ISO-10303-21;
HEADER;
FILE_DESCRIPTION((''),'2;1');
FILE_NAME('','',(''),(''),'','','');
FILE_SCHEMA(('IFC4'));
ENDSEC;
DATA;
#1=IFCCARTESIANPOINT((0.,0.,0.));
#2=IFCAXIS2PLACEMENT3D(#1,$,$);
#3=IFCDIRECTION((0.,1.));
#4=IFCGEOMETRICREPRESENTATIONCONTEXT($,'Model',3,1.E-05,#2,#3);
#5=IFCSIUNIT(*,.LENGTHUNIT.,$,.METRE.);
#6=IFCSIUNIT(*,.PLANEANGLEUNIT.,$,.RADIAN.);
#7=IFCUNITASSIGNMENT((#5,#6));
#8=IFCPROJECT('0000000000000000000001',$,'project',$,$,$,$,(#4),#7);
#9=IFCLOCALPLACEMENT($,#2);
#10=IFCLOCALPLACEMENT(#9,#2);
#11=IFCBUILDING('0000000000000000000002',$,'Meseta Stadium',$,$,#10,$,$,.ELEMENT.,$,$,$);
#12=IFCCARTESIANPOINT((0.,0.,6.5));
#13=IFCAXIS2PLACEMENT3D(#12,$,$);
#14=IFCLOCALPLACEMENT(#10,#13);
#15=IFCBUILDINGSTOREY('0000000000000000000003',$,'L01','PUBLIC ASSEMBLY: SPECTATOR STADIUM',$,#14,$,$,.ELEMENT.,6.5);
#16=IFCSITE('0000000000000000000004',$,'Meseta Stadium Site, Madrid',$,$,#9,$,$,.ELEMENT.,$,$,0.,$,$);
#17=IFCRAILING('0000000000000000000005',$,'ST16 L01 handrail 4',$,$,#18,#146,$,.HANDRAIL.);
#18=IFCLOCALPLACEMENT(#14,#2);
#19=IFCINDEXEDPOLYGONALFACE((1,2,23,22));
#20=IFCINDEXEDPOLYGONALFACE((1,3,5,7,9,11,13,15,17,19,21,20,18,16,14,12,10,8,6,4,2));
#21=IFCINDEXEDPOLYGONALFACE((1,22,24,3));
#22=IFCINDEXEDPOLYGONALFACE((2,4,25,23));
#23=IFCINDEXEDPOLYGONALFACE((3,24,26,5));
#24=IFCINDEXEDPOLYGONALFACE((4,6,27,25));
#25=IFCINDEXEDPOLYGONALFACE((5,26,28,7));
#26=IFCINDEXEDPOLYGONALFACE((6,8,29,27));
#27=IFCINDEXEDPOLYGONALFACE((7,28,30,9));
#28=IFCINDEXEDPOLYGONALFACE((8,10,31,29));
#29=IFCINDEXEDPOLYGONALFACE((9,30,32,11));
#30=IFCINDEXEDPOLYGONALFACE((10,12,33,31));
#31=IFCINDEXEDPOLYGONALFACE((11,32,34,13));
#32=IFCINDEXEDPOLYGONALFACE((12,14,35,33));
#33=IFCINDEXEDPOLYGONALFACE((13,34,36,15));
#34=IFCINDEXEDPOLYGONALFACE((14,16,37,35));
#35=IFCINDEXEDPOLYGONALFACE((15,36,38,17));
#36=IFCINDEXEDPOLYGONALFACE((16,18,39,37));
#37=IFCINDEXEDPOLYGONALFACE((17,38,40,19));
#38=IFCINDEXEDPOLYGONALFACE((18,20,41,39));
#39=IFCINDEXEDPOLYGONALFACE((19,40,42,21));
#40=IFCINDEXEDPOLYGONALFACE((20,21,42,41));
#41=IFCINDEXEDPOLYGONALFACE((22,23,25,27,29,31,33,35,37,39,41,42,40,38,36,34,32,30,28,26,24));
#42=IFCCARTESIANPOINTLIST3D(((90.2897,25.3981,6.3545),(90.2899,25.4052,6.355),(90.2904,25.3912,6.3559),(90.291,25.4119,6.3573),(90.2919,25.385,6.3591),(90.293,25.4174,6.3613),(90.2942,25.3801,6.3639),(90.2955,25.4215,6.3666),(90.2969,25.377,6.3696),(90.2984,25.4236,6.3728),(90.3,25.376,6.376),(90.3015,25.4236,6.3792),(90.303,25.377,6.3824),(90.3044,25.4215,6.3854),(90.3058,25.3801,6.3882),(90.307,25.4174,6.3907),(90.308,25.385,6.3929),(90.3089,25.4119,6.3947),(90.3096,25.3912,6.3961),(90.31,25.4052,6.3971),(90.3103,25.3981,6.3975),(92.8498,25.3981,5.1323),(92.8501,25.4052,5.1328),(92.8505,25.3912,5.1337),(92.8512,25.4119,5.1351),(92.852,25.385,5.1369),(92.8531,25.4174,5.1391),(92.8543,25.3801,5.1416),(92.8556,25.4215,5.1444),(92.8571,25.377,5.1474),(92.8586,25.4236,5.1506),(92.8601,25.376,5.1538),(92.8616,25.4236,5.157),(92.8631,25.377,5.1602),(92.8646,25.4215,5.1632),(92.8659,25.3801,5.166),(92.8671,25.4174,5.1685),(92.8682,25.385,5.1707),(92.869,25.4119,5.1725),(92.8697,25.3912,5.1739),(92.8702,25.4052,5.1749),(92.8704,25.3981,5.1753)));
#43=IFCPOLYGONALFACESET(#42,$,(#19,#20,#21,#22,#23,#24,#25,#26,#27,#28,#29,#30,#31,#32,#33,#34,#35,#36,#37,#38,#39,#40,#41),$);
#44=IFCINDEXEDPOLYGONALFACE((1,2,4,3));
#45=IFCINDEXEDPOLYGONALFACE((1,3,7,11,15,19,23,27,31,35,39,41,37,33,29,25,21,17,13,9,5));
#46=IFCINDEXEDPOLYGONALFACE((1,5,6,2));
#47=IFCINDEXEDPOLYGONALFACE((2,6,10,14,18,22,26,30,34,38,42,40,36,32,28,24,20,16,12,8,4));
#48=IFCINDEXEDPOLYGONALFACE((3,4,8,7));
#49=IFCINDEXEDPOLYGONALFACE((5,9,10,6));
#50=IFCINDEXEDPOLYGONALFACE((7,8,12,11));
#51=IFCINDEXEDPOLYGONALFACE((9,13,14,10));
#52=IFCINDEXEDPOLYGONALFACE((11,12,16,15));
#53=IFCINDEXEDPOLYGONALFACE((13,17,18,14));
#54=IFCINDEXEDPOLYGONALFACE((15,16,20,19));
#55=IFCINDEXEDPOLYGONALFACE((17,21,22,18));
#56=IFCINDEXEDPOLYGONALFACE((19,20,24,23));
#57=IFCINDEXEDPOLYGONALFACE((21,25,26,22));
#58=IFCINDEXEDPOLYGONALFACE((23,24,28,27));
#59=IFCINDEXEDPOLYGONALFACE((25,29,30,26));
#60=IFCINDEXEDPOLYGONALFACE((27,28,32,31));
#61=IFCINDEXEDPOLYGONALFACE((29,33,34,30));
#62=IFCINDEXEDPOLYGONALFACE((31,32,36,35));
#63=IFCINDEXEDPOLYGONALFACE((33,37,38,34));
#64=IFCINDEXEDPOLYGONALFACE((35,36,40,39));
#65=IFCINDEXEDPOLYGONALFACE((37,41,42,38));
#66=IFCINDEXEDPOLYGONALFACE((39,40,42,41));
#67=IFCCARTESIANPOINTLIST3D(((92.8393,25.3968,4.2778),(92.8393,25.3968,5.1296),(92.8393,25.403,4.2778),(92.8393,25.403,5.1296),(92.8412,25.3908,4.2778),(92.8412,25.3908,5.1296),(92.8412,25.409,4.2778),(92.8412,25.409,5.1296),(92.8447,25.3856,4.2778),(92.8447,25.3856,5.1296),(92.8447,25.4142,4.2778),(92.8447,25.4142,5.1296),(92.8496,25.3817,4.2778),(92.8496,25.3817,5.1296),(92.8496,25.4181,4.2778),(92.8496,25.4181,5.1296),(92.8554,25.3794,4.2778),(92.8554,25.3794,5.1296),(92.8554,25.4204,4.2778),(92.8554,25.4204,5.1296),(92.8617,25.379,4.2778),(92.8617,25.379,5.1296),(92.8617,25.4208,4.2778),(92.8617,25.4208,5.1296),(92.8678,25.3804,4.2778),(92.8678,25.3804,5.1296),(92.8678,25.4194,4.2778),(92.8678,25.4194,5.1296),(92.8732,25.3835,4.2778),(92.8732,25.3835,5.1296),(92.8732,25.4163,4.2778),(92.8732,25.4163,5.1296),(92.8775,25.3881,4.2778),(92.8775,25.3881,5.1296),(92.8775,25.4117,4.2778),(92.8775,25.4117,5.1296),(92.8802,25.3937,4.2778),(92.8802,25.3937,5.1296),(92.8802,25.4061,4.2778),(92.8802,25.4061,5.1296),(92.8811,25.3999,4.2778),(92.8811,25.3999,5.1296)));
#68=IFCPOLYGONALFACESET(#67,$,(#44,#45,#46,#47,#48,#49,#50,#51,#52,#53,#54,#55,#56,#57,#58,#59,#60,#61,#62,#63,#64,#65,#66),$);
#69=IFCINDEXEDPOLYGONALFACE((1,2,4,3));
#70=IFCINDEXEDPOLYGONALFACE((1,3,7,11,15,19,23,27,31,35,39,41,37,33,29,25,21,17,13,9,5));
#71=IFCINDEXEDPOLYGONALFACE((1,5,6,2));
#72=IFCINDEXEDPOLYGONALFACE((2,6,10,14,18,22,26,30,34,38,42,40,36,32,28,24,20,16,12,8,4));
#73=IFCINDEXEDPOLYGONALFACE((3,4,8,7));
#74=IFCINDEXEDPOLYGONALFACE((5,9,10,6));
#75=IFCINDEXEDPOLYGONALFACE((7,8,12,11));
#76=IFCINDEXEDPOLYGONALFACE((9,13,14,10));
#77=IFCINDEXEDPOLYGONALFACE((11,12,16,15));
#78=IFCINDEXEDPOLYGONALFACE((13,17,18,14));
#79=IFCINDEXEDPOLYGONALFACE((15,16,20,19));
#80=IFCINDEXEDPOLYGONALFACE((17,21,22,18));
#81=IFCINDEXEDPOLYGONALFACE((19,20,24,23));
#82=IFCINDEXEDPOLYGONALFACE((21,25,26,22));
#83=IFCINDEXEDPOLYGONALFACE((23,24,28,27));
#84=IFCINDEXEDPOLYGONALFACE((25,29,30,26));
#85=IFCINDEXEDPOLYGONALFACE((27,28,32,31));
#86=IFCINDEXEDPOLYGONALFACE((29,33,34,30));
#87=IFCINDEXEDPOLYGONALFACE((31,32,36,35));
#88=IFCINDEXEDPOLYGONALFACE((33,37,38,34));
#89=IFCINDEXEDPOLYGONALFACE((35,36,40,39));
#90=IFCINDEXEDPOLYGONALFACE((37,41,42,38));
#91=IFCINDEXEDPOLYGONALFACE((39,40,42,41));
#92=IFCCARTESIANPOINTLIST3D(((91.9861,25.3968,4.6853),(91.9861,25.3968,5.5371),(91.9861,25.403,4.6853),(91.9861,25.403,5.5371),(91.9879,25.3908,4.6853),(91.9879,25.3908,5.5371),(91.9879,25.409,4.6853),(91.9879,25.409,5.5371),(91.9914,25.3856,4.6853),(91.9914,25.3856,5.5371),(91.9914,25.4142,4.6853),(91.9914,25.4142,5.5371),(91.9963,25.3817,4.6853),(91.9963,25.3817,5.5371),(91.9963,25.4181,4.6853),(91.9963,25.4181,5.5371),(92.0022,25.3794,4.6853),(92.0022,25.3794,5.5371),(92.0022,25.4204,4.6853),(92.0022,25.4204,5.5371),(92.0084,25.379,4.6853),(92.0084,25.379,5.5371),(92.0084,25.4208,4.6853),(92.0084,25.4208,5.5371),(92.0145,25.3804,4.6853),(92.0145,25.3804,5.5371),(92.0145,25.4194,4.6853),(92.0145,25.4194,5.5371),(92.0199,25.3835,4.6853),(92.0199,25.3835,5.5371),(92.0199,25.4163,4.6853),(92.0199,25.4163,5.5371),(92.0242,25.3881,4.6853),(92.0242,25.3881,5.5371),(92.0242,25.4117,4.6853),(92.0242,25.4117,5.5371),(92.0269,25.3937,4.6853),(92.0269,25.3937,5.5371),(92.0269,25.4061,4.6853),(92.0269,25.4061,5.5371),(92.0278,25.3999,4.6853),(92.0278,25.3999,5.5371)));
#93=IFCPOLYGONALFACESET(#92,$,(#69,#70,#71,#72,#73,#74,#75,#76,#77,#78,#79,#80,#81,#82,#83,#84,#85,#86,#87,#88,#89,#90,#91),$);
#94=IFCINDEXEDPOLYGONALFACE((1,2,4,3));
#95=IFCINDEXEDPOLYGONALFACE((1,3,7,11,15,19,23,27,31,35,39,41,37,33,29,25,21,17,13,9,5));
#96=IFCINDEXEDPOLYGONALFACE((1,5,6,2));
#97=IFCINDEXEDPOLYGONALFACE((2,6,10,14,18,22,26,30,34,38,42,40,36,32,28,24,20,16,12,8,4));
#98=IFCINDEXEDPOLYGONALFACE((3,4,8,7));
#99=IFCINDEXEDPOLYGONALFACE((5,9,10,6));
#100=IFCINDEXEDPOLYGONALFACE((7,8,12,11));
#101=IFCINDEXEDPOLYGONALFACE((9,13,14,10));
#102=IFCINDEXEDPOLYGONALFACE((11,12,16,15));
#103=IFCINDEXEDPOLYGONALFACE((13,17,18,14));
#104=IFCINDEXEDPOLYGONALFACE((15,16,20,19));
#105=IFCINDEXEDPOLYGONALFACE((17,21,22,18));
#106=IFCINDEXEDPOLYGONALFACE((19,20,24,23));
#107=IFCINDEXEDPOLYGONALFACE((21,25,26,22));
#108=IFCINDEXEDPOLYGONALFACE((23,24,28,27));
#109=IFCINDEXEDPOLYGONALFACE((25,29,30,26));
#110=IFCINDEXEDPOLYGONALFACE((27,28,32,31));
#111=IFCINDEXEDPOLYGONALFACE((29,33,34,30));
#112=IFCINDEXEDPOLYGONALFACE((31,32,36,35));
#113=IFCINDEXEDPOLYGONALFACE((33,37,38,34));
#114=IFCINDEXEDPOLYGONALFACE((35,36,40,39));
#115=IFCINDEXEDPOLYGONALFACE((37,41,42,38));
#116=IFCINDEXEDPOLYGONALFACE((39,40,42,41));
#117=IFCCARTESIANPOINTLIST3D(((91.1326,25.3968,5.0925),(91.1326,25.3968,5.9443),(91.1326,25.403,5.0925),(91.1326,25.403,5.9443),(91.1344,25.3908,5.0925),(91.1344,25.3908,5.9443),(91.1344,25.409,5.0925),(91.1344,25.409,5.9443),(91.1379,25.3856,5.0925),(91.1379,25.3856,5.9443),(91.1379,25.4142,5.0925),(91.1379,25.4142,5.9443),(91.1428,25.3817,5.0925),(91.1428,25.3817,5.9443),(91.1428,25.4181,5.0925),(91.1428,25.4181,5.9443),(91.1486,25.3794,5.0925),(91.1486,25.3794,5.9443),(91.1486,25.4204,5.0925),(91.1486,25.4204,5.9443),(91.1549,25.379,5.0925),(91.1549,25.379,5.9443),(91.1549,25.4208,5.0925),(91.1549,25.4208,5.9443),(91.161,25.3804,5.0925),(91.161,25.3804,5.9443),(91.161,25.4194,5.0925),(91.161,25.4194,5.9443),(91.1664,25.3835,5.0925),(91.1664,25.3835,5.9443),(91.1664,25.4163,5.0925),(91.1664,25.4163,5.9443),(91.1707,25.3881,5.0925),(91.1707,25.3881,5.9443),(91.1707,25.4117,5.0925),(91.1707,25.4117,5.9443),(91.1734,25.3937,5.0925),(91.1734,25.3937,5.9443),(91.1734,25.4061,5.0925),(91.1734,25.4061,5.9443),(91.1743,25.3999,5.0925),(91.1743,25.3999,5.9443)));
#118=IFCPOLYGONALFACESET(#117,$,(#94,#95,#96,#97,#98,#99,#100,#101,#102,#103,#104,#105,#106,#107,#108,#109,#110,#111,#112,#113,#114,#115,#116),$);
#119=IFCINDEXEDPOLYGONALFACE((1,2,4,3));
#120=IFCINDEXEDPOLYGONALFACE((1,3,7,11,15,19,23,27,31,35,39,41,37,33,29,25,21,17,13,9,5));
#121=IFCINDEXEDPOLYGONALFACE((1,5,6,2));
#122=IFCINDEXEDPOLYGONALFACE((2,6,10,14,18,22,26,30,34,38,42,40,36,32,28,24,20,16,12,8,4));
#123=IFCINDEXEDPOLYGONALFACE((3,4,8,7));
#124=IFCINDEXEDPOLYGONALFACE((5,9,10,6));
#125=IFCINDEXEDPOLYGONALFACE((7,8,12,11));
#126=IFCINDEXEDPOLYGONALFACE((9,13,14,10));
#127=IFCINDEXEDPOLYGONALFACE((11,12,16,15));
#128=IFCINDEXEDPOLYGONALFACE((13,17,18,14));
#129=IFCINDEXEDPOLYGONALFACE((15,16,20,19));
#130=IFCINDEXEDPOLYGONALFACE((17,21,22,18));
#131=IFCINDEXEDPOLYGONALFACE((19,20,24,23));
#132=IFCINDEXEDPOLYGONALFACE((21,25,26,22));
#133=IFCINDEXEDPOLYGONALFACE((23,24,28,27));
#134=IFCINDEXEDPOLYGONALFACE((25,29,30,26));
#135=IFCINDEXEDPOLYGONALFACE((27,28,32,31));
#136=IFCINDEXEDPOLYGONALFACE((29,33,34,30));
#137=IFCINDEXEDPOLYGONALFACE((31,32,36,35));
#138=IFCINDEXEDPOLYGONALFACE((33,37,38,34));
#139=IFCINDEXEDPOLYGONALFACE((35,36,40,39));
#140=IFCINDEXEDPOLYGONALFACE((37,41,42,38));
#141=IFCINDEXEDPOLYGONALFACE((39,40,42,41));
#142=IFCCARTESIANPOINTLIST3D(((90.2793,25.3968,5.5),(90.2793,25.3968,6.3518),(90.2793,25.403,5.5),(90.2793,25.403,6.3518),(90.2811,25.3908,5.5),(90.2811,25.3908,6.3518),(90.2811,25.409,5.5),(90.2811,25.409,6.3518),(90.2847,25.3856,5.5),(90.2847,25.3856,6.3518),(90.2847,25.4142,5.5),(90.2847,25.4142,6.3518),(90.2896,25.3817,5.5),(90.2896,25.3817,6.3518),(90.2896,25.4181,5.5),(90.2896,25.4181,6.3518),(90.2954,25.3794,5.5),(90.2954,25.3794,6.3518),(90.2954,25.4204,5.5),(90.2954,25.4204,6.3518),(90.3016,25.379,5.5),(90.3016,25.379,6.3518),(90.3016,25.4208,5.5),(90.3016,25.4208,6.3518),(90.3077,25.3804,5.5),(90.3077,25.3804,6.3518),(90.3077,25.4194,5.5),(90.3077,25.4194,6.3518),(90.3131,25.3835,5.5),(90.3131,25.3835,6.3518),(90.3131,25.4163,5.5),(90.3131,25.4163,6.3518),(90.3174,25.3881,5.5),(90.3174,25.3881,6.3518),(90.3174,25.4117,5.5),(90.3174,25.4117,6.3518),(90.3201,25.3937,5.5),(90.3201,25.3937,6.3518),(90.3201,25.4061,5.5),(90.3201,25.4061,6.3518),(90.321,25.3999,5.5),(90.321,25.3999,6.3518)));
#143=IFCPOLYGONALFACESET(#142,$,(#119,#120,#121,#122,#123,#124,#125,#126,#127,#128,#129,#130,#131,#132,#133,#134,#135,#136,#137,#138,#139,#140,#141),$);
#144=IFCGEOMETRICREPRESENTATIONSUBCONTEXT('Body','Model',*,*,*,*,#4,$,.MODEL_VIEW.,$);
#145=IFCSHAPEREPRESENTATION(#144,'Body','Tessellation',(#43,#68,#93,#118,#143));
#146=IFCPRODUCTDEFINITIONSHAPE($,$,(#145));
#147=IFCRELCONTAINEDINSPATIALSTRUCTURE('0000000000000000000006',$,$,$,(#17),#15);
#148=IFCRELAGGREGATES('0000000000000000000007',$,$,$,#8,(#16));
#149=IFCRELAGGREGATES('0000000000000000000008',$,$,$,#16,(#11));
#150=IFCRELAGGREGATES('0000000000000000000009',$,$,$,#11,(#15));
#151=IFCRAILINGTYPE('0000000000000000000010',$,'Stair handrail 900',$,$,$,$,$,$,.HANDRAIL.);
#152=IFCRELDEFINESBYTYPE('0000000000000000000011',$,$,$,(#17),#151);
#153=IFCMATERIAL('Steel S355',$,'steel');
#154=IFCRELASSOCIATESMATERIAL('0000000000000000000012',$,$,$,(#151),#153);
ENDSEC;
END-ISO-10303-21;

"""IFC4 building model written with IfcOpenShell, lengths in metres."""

from ifc_helpers import new_model, si_unit, direction, frame, origin, origin_2d, place, context, subcontext, project, spatial, circle, extrude, material, type_object, element, save


model = new_model("IFC4")

# Units and contexts
model_context = context("Model", 3, precision=1e-05, world=origin(), true_north=direction((0.0, 1.0)))
body_context = subcontext(model_context, "Body", "Model", "MODEL_VIEW")
ifc_project = project(units=[si_unit("LENGTHUNIT", "METRE"), si_unit("PLANEANGLEUNIT", "RADIAN")], contexts=[model_context])

# Site, building, storey
site_placement = place(None, origin())
site = spatial("IfcSite", under=ifc_project, at=site_placement, Name="Meseta Stadium Site, Madrid", CompositionType="ELEMENT", RefElevation=0.0)
building_placement = place(site_placement, origin())
building = spatial("IfcBuilding", under=site, at=building_placement, Name="Meseta Stadium", CompositionType="ELEMENT")
storey_placement = place(building_placement, frame((0.0, 0.0, 6.5)))
storey = spatial("IfcBuildingStorey", under=building, at=storey_placement, Name="L01", Description="PUBLIC ASSEMBLY: SPECTATOR STADIUM", CompositionType="ELEMENT", Elevation=6.5)

# Railing
ifc_material_1 = material(Name="Steel S355", Category="steel")
railing_type = type_object("IfcRailingType", Name="Stair handrail 900", PredefinedType="HANDRAIL", material=ifc_material_1)
for number, where, name in (
    (1, (92.8601, 25.3999, 4.2778), "ST16 L01 handrail 4"),
):
    element("IfcRailing", number, at=place(storey_placement, frame(where)), inside=storey, type_object=railing_type, Name=name, PredefinedType="HANDRAIL", context=body_context, shape_type="SweptSolid", body=[
        extrude(circle(Radius=0.0239, at=origin_2d()), frame((0.0, 0.0, 0.876), z_axis=(-0.902437, 0.0, 0.430822), x_axis=(0.0, -1.0, 0.0)), (0.0, 0.0, 1.0), 2.8369),
        extrude(circle(Radius=0.021, at=origin_2d()), origin(), (0.0, 0.0, 1.0), 0.8518),
        extrude(circle(Radius=0.021, at=origin_2d()), frame((-0.8533, 0.0, 0.4075)), (0.0, 0.0, 1.0), 0.8518),
        extrude(circle(Radius=0.021, at=origin_2d()), frame((-1.7068, 0.0, 0.8147)), (0.0, 0.0, 1.0), 0.8518),
        extrude(circle(Radius=0.021, at=origin_2d()), frame((-2.5601, 0.0, 1.2222)), (0.0, 0.0, 1.0), 0.8518),
    ])

save(model, "model.ifc")
